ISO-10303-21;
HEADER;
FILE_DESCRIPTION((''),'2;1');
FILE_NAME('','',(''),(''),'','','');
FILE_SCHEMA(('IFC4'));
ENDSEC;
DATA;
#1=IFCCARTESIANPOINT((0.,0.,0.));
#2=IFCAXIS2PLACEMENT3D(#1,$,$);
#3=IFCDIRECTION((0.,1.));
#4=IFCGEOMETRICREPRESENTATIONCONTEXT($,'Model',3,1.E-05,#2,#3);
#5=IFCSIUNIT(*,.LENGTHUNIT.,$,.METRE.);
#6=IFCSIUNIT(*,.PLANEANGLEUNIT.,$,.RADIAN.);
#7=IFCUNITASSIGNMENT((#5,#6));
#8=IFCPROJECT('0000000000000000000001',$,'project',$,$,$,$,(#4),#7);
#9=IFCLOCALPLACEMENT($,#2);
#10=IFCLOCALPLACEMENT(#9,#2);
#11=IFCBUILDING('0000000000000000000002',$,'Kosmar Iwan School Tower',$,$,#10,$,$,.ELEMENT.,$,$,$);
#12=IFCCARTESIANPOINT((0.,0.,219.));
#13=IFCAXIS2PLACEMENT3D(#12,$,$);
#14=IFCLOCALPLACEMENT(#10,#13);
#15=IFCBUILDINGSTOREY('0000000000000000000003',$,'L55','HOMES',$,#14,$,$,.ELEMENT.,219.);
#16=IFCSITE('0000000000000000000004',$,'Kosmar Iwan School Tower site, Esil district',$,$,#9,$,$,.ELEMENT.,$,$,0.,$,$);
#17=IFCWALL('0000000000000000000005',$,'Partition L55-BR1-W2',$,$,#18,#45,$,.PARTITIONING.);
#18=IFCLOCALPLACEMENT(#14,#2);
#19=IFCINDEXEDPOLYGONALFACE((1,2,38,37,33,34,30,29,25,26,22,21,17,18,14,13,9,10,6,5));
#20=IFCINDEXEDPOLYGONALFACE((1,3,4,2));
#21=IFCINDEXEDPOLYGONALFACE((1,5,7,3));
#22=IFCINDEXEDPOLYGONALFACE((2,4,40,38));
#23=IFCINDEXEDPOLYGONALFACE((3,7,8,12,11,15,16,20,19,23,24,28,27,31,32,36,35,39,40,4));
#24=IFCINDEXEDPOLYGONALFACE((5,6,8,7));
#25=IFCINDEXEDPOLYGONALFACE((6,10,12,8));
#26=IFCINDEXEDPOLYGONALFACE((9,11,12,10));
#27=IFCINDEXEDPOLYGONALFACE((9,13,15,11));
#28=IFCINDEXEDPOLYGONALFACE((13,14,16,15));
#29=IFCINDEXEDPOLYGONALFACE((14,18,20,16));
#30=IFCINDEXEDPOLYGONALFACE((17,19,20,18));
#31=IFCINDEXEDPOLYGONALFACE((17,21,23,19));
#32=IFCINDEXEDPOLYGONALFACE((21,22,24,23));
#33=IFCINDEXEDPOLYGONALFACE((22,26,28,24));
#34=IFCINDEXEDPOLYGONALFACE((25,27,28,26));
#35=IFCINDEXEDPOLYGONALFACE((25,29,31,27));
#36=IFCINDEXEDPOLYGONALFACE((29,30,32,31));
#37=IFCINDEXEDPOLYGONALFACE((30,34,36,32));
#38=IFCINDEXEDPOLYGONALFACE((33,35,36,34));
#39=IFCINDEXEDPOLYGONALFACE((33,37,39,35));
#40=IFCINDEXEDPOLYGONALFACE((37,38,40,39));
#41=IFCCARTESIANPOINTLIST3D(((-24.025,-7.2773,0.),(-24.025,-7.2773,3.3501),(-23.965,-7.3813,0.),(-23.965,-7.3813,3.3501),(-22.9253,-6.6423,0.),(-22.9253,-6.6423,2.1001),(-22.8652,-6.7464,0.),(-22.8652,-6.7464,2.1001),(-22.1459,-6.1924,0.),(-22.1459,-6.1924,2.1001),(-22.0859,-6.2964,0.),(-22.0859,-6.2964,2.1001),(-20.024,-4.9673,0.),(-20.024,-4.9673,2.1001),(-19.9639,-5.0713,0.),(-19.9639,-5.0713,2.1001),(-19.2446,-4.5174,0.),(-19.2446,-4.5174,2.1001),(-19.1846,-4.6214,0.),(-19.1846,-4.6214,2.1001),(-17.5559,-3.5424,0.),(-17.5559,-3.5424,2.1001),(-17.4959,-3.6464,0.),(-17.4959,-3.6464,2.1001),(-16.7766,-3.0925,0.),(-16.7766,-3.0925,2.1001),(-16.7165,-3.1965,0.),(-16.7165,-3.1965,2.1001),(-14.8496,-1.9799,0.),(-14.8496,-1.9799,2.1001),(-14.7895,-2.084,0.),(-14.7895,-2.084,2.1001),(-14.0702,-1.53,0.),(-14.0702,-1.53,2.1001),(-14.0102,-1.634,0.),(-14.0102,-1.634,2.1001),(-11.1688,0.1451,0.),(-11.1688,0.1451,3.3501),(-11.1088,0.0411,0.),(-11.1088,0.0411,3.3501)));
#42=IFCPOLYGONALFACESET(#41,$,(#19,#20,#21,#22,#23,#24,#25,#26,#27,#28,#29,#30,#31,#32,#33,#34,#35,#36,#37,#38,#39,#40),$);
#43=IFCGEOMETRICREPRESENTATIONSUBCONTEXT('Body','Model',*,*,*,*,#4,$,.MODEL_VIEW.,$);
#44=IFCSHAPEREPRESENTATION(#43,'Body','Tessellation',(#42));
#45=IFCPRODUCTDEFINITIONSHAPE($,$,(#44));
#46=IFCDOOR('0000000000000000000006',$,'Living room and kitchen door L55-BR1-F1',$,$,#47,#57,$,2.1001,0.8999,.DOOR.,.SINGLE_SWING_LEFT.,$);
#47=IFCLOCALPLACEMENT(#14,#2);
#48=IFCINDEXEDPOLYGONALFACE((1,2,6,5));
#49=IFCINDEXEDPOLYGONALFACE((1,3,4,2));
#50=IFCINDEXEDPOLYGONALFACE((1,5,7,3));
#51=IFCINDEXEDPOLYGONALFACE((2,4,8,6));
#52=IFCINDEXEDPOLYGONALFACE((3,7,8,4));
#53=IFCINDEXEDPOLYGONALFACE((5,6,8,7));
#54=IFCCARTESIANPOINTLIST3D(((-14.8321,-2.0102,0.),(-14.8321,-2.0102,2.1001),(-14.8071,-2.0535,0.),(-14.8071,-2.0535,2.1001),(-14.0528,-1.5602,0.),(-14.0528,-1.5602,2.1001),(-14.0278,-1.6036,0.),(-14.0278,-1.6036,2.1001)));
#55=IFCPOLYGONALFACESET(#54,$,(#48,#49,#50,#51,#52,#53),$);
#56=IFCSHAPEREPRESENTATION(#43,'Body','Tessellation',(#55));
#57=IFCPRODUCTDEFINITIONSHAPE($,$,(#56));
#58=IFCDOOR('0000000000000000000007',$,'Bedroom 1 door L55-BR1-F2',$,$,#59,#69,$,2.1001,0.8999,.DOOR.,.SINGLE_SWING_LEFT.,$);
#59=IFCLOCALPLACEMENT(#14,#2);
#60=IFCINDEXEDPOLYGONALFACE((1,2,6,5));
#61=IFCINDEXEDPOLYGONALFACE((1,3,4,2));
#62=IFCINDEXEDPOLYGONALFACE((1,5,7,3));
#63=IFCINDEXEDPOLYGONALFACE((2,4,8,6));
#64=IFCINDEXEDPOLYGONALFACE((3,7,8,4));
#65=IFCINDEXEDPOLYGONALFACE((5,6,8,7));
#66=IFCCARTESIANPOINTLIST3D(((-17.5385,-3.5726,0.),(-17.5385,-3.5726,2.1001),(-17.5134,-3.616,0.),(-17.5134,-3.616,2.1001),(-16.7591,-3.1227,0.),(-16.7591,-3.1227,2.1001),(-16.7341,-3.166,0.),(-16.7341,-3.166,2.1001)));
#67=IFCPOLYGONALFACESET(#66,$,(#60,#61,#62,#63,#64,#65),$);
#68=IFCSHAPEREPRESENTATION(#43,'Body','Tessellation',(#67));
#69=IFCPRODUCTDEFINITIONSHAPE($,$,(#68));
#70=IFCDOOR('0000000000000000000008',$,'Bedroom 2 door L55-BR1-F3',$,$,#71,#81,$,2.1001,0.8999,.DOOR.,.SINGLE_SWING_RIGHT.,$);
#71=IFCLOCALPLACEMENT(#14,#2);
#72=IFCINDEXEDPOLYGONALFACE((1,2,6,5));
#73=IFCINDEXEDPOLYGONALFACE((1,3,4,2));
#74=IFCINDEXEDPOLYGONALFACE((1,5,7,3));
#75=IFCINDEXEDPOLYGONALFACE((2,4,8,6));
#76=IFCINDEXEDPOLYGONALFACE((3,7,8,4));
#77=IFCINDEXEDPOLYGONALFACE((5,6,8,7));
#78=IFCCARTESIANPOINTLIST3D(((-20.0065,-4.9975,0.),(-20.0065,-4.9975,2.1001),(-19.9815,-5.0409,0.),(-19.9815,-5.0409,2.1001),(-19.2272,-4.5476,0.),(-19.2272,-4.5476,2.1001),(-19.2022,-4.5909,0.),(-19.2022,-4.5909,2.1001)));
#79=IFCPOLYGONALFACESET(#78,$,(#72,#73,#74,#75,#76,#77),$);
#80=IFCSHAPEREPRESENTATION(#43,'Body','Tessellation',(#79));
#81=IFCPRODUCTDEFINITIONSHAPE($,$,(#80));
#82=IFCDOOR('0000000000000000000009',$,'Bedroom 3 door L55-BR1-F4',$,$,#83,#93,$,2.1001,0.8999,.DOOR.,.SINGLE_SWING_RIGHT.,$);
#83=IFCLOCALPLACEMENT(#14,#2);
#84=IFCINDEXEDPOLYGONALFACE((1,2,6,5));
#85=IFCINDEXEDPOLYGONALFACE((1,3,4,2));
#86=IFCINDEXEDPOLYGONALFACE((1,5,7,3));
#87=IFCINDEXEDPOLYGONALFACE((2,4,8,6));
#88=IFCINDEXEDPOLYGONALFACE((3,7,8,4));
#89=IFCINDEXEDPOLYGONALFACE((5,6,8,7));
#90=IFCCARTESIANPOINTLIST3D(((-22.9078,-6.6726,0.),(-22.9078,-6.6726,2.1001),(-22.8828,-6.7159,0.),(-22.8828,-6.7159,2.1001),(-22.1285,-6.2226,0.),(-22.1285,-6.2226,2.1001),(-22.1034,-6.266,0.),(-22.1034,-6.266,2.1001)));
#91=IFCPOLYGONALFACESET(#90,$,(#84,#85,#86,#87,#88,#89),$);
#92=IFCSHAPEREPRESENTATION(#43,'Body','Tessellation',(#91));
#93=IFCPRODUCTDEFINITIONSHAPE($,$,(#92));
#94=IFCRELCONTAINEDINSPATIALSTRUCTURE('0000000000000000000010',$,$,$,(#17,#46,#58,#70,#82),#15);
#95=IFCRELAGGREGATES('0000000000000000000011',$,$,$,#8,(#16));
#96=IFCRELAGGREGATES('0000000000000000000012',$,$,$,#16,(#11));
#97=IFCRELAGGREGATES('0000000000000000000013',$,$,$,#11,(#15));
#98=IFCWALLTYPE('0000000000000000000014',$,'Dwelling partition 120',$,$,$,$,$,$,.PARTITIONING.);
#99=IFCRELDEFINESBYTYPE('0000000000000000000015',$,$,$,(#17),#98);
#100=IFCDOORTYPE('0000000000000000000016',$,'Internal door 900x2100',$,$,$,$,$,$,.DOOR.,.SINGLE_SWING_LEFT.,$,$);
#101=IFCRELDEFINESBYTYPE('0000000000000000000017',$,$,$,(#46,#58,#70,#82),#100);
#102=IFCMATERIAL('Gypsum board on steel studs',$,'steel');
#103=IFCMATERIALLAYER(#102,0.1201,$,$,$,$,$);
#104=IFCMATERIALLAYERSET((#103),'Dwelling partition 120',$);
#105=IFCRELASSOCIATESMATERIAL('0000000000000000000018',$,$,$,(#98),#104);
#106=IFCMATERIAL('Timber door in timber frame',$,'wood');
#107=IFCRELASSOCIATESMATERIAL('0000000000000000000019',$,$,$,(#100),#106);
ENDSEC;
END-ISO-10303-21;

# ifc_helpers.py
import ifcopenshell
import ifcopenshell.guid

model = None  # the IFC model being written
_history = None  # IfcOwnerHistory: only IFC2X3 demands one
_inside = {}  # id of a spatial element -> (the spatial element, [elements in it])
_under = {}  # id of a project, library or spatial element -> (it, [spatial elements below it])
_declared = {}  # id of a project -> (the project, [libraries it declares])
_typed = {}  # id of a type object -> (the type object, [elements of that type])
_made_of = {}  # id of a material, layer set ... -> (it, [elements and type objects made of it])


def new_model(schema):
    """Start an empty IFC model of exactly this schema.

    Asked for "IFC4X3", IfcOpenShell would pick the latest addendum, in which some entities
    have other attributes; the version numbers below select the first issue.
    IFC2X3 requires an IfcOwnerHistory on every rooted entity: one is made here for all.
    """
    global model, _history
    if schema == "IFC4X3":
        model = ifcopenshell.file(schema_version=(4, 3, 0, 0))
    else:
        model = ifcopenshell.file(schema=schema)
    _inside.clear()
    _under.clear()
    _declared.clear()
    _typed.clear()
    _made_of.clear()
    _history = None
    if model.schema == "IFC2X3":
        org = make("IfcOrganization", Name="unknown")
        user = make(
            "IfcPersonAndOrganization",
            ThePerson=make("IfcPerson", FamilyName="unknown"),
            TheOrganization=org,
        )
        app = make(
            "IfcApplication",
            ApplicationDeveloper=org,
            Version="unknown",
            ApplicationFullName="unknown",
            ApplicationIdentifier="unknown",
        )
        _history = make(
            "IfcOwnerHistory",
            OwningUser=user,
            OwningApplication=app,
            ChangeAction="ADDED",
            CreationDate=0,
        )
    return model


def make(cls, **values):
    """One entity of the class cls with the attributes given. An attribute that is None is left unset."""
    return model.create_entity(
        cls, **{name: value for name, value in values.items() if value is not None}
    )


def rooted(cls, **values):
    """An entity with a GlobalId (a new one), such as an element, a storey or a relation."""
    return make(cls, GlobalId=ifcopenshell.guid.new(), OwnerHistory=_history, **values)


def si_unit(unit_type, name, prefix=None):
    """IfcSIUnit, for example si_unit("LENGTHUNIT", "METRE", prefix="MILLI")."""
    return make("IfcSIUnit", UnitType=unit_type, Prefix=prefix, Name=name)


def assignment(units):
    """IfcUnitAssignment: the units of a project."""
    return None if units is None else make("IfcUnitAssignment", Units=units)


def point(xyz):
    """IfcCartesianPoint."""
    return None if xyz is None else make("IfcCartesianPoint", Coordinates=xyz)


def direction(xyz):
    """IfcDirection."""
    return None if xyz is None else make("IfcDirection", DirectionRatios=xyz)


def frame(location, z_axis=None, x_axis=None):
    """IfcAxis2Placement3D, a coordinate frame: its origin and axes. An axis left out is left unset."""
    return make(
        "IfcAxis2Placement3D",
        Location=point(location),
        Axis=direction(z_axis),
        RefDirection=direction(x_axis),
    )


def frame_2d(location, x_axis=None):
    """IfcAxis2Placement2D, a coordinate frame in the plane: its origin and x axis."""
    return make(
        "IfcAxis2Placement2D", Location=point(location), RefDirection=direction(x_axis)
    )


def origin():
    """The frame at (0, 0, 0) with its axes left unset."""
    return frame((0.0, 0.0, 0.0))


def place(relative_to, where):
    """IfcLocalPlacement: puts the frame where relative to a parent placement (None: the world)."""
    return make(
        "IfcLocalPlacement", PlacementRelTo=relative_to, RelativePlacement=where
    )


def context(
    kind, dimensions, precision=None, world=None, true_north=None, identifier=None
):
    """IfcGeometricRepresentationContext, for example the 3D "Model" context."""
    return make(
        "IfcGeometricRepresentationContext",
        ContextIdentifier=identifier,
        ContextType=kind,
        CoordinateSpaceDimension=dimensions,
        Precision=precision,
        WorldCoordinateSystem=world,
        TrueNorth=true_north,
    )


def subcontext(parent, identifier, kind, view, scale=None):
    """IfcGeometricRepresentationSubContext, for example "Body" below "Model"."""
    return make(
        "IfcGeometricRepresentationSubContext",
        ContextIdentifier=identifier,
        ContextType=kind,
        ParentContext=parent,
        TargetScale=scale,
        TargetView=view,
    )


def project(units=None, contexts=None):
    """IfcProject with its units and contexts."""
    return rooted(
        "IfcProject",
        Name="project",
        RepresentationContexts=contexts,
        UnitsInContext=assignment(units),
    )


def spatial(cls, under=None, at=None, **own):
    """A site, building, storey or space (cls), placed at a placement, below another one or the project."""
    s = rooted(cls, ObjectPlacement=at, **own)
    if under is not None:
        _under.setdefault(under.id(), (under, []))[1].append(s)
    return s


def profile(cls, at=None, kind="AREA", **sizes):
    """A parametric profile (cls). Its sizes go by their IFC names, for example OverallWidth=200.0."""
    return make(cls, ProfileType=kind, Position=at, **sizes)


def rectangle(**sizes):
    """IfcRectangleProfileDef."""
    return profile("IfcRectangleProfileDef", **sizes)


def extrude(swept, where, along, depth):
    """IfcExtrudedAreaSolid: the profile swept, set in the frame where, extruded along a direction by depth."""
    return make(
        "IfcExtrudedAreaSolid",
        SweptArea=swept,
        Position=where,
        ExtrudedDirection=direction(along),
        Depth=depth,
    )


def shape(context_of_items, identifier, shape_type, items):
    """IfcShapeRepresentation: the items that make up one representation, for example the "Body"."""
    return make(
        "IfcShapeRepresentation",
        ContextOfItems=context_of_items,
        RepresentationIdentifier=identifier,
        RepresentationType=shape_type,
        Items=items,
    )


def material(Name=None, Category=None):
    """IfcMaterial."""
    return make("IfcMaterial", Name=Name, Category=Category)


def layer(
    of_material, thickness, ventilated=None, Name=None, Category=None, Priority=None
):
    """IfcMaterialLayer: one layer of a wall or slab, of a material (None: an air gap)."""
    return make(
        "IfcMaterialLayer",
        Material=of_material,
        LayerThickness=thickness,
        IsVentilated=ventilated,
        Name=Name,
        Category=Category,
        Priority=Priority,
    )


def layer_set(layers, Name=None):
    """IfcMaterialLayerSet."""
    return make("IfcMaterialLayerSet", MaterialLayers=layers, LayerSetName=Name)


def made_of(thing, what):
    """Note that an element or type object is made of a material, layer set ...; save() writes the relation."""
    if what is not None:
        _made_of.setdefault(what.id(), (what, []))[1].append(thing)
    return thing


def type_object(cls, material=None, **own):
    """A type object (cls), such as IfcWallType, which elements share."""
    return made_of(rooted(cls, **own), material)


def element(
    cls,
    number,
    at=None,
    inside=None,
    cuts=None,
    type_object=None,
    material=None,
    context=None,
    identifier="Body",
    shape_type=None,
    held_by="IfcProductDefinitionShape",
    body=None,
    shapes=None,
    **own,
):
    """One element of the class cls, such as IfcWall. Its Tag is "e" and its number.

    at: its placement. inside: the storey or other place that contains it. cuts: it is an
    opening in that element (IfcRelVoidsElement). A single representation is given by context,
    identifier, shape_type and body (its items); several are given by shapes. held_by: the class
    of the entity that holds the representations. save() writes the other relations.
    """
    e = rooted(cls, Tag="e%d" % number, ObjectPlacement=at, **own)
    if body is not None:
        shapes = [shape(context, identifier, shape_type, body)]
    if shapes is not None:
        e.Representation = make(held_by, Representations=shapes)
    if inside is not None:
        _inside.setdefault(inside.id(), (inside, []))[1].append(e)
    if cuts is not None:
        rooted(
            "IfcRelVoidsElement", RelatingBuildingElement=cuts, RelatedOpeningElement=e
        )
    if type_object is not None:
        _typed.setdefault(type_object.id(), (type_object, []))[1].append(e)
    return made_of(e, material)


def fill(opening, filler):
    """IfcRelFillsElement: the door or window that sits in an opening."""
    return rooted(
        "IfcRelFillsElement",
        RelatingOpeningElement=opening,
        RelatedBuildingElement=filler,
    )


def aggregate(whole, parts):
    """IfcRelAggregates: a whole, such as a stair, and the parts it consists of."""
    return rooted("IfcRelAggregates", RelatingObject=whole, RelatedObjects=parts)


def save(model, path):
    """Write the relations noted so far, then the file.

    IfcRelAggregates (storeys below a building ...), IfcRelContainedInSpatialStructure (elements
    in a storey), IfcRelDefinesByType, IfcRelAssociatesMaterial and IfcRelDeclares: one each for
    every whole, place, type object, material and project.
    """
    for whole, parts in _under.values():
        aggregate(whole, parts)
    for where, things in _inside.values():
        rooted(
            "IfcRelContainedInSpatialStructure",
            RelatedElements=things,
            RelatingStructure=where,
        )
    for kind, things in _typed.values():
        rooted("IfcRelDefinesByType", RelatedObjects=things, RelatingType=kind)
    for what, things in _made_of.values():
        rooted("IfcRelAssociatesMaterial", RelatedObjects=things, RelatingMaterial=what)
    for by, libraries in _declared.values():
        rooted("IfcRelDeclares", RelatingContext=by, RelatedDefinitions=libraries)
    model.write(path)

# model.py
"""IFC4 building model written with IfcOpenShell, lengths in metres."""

from ifc_helpers import new_model, si_unit, direction, frame, frame_2d, origin, place, context, subcontext, project, spatial, rectangle, extrude, material, layer, layer_set, type_object, element, fill, save


model = new_model("IFC4")

# Units and contexts
model_context = context("Model", 3, precision=1e-05, world=origin(), true_north=direction((0.0, 1.0)))
body_context = subcontext(model_context, "Body", "Model", "MODEL_VIEW")
ifc_project = project(units=[si_unit("LENGTHUNIT", "METRE"), si_unit("PLANEANGLEUNIT", "RADIAN")], contexts=[model_context])

# Site, building, storey
site_placement = place(None, origin())
site = spatial("IfcSite", under=ifc_project, at=site_placement, Name="Kosmar Iwan School Tower site, Esil district", CompositionType="ELEMENT", RefElevation=0.0)
building_placement = place(site_placement, origin())
building = spatial("IfcBuilding", under=site, at=building_placement, Name="Kosmar Iwan School Tower", CompositionType="ELEMENT")
storey_placement = place(building_placement, frame((0.0, 0.0, 219.0)))
storey = spatial("IfcBuildingStorey", under=building, at=storey_placement, Name="L55", Description="HOMES", CompositionType="ELEMENT", Elevation=219.0)

# Wall, openings, doors
ifc_material_1 = material(Name="Gypsum board on steel studs", Category="steel")
ifc_layer_1 = layer(ifc_material_1, 0.1201)
ifc_layer_set_1 = layer_set([ifc_layer_1], Name="Dwelling partition 120")
wall_type_1 = type_object("IfcWallType", Name="Dwelling partition 120", PredefinedType="PARTITIONING", material=ifc_layer_set_1)
wall_1_placement = place(storey_placement, frame((-11.1389, 0.093, 0.0), z_axis=(0.0, 0.0, 1.0), x_axis=(-0.86603, -0.499992, 0.0)))
wall_1 = element("IfcWall", 1, at=wall_1_placement, inside=storey, type_object=wall_type_1, Name="Partition L55-BR1-W2", PredefinedType="PARTITIONING", context=body_context, shape_type="SweptSolid", body=[
    extrude(rectangle(XDim=14.845, YDim=0.1201, at=frame_2d((7.4224, 0.0))), origin(), (0.0, 0.0, 1.0), 3.3501),
])
opening_1_placement = place(wall_1_placement, frame((3.3501, 0.0, 0.0)))
opening_1 = element("IfcOpeningElement", 2, at=opening_1_placement, cuts=wall_1, PredefinedType="OPENING", context=body_context, shape_type="SweptSolid", body=[
    extrude(rectangle(XDim=0.8999, YDim=2.1001, at=frame_2d((0.45, 1.05))), frame((0.0, 0.072, 0.0), z_axis=(0.0, -1.0, 0.0), x_axis=(1.0, 0.0, 0.0)), (0.0, 0.0, 1.0), 0.144),
])
opening_2_placement = place(wall_1_placement, frame((6.4751, 0.0, 0.0)))
opening_2 = element("IfcOpeningElement", 3, at=opening_2_placement, cuts=wall_1, PredefinedType="OPENING", context=body_context, shape_type="SweptSolid", body=[
    extrude(rectangle(XDim=0.8999, YDim=2.1001, at=frame_2d((0.45, 1.05))), frame((0.0, 0.072, 0.0), z_axis=(0.0, -1.0, 0.0), x_axis=(1.0, 0.0, 0.0)), (0.0, 0.0, 1.0), 0.144),
])
opening_3_placement = place(wall_1_placement, frame((9.325, 0.0, 0.0)))
opening_3 = element("IfcOpeningElement", 4, at=opening_3_placement, cuts=wall_1, PredefinedType="OPENING", context=body_context, shape_type="SweptSolid", body=[
    extrude(rectangle(XDim=0.8999, YDim=2.1001, at=frame_2d((0.45, 1.05))), frame((0.0, 0.072, 0.0), z_axis=(0.0, -1.0, 0.0), x_axis=(1.0, 0.0, 0.0)), (0.0, 0.0, 1.0), 0.144),
])
opening_4_placement = place(wall_1_placement, frame((12.675, 0.0, 0.0)))
opening_4 = element("IfcOpeningElement", 5, at=opening_4_placement, cuts=wall_1, PredefinedType="OPENING", context=body_context, shape_type="SweptSolid", body=[
    extrude(rectangle(XDim=0.8999, YDim=2.1001, at=frame_2d((0.45, 1.05))), frame((0.0, 0.072, 0.0), z_axis=(0.0, -1.0, 0.0), x_axis=(1.0, 0.0, 0.0)), (0.0, 0.0, 1.0), 0.144),
])
ifc_material_2 = material(Name="Timber door in timber frame", Category="wood")
door_type = type_object("IfcDoorType", Name="Internal door 900x2100", OperationType="SINGLE_SWING_LEFT", PredefinedType="DOOR", material=ifc_material_2)
door_1_placement = place(opening_1_placement, origin())
door_1 = element("IfcDoor", 6, at=door_1_placement, inside=storey, type_object=door_type, Name="Living room and kitchen door L55-BR1-F1", OperationType="SINGLE_SWING_LEFT", OverallHeight=2.1001, OverallWidth=0.8999, PredefinedType="DOOR", context=body_context, shape_type="SweptSolid", body=[
    extrude(rectangle(XDim=0.8999, YDim=2.1001, at=frame_2d((0.45, 1.05))), frame((0.0, 0.0249, 0.0), z_axis=(0.0, -1.0, 0.0), x_axis=(1.0, 0.0, 0.0)), (0.0, 0.0, 1.0), 0.05),
])
fill(opening_1, door_1)
door_2_placement = place(opening_2_placement, origin())
door_2 = element("IfcDoor", 7, at=door_2_placement, inside=storey, type_object=door_type, Name="Bedroom 1 door L55-BR1-F2", OperationType="SINGLE_SWING_LEFT", OverallHeight=2.1001, OverallWidth=0.8999, PredefinedType="DOOR", context=body_context, shape_type="SweptSolid", body=[
    extrude(rectangle(XDim=0.8999, YDim=2.1001, at=frame_2d((0.45, 1.05))), frame((0.0, 0.0249, 0.0), z_axis=(0.0, -1.0, 0.0), x_axis=(1.0, 0.0, 0.0)), (0.0, 0.0, 1.0), 0.05),
])
fill(opening_2, door_2)
door_3_placement = place(opening_3_placement, origin())
door_3 = element("IfcDoor", 8, at=door_3_placement, inside=storey, type_object=door_type, Name="Bedroom 2 door L55-BR1-F3", OperationType="SINGLE_SWING_RIGHT", OverallHeight=2.1001, OverallWidth=0.8999, PredefinedType="DOOR", context=body_context, shape_type="SweptSolid", body=[
    extrude(rectangle(XDim=0.8999, YDim=2.1001, at=frame_2d((0.45, 1.05))), frame((0.0, 0.0249, 0.0), z_axis=(0.0, -1.0, 0.0), x_axis=(1.0, 0.0, 0.0)), (0.0, 0.0, 1.0), 0.05),
])
fill(opening_3, door_3)
door_4_placement = place(opening_4_placement, origin())
door_4 = element("IfcDoor", 9, at=door_4_placement, inside=storey, type_object=door_type, Name="Bedroom 3 door L55-BR1-F4", OperationType="SINGLE_SWING_RIGHT", OverallHeight=2.1001, OverallWidth=0.8999, PredefinedType="DOOR", context=body_context, shape_type="SweptSolid", body=[
    extrude(rectangle(XDim=0.8999, YDim=2.1001, at=frame_2d((0.45, 1.05))), frame((0.0, 0.0249, 0.0), z_axis=(0.0, -1.0, 0.0), x_axis=(1.0, 0.0, 0.0)), (0.0, 0.0, 1.0), 0.05),
])
fill(opening_4, door_4)

save(model, "model.ifc")
